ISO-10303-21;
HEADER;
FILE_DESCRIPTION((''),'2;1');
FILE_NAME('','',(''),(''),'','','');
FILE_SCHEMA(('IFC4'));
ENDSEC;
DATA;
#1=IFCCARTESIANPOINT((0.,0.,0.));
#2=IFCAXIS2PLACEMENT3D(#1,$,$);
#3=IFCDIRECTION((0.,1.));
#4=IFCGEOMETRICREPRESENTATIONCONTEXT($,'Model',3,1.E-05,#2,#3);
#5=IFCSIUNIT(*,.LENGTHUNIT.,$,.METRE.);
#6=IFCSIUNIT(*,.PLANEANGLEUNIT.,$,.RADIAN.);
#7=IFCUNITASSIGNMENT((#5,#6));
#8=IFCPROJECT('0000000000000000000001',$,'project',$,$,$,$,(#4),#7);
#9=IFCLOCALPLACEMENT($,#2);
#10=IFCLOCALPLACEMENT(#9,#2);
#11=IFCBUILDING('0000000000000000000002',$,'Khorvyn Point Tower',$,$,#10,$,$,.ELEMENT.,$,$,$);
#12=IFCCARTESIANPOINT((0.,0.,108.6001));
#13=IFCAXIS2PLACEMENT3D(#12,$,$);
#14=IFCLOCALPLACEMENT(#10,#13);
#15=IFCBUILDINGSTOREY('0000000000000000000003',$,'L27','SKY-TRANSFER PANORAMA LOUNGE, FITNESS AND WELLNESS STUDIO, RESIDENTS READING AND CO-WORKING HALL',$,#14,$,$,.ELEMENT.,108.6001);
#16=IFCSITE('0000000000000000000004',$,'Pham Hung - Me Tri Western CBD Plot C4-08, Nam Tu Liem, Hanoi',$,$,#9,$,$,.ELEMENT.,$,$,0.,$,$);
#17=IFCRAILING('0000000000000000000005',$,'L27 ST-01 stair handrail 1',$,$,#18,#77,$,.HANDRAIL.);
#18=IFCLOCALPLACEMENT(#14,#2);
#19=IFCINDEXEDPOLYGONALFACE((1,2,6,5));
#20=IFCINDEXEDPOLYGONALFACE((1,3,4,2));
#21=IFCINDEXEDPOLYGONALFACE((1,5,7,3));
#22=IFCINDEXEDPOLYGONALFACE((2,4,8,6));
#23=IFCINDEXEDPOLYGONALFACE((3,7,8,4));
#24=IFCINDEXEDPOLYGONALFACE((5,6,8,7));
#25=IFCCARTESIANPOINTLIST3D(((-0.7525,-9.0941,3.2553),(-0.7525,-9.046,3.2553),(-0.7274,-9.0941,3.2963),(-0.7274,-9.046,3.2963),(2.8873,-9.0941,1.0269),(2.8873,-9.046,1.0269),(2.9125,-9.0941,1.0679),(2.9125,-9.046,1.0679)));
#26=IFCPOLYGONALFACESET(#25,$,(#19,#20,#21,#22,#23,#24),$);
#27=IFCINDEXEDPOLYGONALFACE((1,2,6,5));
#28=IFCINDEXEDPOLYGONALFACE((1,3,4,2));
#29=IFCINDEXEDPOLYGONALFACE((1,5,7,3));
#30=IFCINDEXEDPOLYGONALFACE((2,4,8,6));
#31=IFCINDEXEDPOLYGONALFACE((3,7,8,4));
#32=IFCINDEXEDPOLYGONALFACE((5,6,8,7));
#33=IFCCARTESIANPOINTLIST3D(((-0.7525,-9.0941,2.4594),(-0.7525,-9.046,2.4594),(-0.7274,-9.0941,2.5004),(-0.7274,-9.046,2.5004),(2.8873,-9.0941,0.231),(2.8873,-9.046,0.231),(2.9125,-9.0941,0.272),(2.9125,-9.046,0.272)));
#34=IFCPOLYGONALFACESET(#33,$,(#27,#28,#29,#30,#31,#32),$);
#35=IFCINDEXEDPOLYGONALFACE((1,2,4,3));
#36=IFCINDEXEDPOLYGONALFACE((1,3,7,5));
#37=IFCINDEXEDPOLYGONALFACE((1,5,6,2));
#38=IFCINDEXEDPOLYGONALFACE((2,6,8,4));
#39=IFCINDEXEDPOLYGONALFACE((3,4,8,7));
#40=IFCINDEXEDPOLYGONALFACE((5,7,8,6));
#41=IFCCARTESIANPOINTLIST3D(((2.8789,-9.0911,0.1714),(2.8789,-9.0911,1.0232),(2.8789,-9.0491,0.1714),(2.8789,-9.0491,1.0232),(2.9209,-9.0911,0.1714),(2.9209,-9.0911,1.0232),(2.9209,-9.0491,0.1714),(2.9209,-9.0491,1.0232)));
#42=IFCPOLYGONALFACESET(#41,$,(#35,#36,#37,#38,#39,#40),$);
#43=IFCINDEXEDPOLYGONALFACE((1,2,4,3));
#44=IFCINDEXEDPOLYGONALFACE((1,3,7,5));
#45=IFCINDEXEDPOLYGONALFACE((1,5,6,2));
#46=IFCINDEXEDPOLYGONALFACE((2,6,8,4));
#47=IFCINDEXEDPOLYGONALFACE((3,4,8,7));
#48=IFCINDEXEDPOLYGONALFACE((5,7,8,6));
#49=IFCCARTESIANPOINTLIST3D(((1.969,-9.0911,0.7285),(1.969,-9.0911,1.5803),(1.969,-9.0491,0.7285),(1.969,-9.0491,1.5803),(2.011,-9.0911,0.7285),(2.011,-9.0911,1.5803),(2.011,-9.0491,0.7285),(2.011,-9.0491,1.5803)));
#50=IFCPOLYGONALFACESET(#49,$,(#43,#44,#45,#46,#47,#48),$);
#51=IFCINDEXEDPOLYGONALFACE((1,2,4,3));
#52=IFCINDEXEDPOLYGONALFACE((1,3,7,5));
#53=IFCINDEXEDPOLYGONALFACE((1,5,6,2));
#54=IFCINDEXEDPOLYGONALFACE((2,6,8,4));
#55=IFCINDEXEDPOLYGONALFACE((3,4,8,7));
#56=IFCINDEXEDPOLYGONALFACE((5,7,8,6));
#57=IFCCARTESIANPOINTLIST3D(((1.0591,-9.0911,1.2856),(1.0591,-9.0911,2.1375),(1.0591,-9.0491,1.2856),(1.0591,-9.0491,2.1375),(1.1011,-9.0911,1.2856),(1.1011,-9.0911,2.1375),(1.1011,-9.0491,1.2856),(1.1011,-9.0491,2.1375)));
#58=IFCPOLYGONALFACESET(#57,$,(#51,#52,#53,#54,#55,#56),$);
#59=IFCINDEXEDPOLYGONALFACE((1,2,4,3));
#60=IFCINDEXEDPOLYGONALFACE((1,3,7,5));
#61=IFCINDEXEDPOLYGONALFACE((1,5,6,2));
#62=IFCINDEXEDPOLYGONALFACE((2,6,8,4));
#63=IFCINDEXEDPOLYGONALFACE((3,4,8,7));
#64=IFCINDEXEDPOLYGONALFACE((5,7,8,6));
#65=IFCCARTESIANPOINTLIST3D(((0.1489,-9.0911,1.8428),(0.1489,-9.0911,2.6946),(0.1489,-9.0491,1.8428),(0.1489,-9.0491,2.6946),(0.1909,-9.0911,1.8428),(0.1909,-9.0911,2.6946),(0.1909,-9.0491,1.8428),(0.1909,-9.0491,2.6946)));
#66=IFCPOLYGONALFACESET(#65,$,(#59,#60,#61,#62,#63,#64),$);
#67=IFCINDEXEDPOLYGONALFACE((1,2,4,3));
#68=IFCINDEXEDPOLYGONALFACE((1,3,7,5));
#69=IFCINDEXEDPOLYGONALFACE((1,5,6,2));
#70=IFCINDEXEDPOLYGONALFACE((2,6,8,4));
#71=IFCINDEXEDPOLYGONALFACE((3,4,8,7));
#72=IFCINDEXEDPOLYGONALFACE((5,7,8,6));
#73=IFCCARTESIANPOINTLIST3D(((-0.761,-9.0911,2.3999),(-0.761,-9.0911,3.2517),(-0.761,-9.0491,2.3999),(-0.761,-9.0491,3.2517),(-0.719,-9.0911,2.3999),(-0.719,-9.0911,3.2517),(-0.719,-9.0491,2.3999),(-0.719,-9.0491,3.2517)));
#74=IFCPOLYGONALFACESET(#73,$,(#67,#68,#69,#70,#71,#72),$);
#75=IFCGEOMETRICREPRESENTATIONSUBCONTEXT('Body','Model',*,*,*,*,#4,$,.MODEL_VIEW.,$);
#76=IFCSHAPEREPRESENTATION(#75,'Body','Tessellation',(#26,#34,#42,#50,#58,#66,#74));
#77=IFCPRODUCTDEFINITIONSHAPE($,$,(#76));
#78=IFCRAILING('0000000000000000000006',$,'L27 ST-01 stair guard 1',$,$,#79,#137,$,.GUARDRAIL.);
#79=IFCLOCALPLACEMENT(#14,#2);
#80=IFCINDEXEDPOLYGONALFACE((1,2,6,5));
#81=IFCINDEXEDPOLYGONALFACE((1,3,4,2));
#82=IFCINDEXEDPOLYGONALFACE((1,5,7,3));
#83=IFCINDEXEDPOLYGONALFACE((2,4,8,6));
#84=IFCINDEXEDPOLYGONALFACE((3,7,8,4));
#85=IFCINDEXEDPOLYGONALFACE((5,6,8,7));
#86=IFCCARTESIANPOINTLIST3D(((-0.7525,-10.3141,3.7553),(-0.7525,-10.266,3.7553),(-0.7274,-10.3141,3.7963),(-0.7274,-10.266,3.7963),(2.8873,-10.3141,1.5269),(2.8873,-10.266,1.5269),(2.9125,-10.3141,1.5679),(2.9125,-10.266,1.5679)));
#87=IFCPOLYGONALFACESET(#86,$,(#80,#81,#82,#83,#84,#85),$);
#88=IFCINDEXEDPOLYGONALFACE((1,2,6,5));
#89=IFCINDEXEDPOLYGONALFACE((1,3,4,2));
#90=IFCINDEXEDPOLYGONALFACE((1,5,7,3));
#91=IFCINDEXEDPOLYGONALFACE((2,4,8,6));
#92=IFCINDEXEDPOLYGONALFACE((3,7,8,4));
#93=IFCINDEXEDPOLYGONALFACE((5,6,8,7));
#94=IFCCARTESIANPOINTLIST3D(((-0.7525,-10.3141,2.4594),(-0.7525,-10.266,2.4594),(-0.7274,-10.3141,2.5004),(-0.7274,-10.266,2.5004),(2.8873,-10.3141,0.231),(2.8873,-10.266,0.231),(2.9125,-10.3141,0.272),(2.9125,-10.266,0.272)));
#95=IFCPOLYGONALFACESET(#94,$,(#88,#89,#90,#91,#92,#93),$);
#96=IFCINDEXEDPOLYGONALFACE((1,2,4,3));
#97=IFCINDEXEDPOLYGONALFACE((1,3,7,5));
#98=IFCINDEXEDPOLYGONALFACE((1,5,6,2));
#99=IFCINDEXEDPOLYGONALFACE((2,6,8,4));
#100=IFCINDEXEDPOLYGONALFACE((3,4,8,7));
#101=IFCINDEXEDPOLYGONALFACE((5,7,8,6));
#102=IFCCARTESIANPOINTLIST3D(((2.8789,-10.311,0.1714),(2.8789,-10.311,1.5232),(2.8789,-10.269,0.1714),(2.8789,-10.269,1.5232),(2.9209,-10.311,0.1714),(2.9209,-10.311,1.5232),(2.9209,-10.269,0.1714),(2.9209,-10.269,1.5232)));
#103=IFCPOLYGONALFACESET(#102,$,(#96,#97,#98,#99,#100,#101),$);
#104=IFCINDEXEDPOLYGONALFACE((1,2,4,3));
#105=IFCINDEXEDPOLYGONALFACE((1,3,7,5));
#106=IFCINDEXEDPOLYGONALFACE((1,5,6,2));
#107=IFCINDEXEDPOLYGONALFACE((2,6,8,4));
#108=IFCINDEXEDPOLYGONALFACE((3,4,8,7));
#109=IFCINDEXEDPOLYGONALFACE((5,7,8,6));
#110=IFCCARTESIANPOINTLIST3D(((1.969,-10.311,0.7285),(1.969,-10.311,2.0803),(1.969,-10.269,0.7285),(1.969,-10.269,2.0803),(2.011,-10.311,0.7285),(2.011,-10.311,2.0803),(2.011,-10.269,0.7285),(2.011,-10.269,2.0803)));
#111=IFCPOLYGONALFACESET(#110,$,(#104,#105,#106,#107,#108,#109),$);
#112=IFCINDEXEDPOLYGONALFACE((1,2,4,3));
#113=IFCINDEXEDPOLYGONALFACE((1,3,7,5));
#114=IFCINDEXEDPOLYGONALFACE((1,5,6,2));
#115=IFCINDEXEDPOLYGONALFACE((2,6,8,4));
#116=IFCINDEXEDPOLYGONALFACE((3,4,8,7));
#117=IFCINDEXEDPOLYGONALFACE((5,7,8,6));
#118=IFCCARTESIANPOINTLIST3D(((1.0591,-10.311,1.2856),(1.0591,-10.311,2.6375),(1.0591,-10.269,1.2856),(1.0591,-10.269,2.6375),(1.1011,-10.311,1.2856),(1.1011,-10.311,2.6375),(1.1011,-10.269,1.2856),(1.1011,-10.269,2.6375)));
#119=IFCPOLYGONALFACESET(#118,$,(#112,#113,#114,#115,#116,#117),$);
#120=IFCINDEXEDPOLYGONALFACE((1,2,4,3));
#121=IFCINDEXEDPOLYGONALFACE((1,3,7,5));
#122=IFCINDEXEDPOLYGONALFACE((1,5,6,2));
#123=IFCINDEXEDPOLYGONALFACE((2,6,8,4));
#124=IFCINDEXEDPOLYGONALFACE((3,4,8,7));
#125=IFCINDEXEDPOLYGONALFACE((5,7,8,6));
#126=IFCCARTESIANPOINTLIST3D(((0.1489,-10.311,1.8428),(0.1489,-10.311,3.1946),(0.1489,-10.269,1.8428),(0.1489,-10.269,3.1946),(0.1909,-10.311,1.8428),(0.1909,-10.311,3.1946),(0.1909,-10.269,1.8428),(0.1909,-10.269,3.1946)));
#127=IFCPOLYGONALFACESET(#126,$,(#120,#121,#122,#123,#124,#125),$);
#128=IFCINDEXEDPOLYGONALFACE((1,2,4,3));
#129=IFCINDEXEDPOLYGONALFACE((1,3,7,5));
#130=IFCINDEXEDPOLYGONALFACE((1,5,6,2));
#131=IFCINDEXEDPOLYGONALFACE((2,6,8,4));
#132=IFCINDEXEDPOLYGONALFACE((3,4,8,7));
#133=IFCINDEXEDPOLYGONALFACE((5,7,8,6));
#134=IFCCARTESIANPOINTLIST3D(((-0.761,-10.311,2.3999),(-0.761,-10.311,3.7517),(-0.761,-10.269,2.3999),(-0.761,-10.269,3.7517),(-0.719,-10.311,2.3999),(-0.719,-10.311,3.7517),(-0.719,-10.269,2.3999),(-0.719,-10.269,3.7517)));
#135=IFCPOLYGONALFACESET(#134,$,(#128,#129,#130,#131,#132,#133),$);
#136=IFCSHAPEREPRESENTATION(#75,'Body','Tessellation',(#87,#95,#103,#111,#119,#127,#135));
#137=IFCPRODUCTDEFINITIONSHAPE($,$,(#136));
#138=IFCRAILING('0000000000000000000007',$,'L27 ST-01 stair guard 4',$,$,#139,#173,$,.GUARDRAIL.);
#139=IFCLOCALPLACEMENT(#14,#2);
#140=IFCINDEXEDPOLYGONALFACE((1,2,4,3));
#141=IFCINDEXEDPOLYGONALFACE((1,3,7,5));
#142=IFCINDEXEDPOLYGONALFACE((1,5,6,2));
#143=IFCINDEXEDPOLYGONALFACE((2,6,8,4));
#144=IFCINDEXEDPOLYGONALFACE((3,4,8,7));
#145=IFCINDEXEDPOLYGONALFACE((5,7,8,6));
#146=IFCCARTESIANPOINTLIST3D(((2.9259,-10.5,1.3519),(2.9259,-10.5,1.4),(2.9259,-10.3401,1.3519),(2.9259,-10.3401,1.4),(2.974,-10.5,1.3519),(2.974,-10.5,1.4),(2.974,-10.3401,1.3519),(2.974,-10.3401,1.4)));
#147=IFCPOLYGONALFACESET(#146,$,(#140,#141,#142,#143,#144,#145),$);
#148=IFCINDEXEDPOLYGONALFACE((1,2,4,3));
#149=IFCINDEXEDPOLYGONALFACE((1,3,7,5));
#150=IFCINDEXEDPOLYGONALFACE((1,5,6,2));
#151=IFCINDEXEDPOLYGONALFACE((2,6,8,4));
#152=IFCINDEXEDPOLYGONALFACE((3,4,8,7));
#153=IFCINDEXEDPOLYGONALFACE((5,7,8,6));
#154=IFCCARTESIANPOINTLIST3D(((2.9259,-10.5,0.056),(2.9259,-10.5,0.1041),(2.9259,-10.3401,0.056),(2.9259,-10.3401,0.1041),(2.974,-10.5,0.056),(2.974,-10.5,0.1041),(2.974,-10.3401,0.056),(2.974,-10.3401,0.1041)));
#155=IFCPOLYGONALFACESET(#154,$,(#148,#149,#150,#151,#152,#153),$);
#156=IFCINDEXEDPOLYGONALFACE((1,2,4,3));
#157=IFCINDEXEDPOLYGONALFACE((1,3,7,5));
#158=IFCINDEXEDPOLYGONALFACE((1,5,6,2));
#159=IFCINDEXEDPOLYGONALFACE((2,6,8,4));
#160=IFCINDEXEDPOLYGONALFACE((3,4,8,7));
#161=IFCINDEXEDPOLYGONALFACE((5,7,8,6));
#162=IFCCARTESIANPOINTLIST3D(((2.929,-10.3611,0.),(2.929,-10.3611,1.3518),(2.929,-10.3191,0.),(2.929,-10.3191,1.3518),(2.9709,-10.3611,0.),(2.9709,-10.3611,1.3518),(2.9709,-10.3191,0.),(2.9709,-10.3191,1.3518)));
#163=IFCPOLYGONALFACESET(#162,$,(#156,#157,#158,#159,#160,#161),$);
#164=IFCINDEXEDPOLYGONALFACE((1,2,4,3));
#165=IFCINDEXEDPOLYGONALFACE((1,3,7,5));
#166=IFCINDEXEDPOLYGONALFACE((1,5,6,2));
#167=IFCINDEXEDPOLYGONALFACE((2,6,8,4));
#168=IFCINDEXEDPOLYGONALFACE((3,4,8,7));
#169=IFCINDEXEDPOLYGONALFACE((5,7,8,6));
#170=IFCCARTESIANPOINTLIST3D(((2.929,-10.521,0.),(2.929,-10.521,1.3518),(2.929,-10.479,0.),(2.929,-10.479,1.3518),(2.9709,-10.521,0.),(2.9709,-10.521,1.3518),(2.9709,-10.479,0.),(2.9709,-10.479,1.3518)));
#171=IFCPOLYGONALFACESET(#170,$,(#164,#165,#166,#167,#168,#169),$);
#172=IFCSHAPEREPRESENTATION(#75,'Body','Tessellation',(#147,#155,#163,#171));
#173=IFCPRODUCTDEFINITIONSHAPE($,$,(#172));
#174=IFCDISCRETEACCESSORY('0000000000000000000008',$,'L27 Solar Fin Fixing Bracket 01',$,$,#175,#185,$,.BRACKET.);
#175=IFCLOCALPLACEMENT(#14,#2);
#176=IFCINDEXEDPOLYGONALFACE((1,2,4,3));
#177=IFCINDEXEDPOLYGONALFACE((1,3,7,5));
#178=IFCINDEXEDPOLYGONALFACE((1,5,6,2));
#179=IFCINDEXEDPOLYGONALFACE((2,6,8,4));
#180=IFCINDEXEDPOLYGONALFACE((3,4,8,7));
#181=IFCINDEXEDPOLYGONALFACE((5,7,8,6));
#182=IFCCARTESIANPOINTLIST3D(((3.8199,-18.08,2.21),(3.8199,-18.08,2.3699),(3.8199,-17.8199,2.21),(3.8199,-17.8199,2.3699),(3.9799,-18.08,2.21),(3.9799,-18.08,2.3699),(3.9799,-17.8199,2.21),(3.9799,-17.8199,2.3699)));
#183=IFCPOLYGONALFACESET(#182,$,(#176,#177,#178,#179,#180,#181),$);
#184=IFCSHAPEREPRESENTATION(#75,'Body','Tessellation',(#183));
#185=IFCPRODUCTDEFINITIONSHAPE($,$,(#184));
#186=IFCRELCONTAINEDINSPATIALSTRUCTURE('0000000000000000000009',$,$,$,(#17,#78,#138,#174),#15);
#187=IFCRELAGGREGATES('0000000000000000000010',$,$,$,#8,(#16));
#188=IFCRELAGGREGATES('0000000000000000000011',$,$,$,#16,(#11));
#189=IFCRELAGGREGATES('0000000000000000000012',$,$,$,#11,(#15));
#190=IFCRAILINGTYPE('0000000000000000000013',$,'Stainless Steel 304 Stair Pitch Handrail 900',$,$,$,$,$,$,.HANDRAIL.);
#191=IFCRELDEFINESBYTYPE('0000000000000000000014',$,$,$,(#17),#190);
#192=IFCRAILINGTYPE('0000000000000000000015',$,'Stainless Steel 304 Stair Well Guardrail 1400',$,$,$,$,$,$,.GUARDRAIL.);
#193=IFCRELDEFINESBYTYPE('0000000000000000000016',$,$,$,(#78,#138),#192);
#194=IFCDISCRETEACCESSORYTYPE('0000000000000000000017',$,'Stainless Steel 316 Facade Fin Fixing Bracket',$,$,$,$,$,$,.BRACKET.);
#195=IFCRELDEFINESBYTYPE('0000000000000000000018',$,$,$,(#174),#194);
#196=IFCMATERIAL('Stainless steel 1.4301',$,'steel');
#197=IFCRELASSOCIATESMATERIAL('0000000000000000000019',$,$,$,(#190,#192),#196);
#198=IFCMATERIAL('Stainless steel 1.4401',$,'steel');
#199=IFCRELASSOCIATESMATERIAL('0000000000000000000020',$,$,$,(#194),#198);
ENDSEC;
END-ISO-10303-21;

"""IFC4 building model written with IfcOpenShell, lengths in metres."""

from ifc_helpers import new_model, si_unit, direction, frame, origin, origin_2d, place, context, subcontext, project, spatial, rectangle, extrude, material, type_object, element, save


model = new_model("IFC4")

# Units and contexts
model_context = context("Model", 3, precision=1e-05, world=origin(), true_north=direction((0.0, 1.0)))
body_context = subcontext(model_context, "Body", "Model", "MODEL_VIEW")
ifc_project = project(units=[si_unit("LENGTHUNIT", "METRE"), si_unit("PLANEANGLEUNIT", "RADIAN")], contexts=[model_context])

# Site, building, storey
site_placement = place(None, origin())
site = spatial("IfcSite", under=ifc_project, at=site_placement, Name="Pham Hung - Me Tri Western CBD Plot C4-08, Nam Tu Liem, Hanoi", CompositionType="ELEMENT", RefElevation=0.0)
building_placement = place(site_placement, origin())
building = spatial("IfcBuilding", under=site, at=building_placement, Name="Khorvyn Point Tower", CompositionType="ELEMENT")
storey_placement = place(building_placement, frame((0.0, 0.0, 108.6001)))
storey = spatial("IfcBuildingStorey", under=building, at=storey_placement, Name="L27", Description="SKY-TRANSFER PANORAMA LOUNGE, FITNESS AND WELLNESS STUDIO, RESIDENTS READING AND CO-WORKING HALL", CompositionType="ELEMENT", Elevation=108.6001)

# Railings
ifc_material_1 = material(Name="Stainless steel 1.4301", Category="steel")
railing_type_1 = type_object("IfcRailingType", Name="Stainless Steel 304 Stair Pitch Handrail 900", PredefinedType="HANDRAIL", material=ifc_material_1)
railing_1_placement = place(storey_placement, frame((2.8999, -9.0701, 0.1714)))
element("IfcRailing", 1, at=railing_1_placement, inside=storey, type_object=railing_type_1, Name="L27 ST-01 stair handrail 1", PredefinedType="HANDRAIL", context=body_context, shape_type="SweptSolid", body=[
    extrude(rectangle(XDim=0.0481, YDim=0.0481, at=origin_2d()), frame((0.0, 0.0, 0.876), z_axis=(-0.85285, 0.0, 0.522156), x_axis=(0.0, -1.0, 0.0)), (0.0, 0.0, 1.0), 4.2678),
    extrude(rectangle(XDim=0.0481, YDim=0.0481, at=origin_2d()), frame((0.0, 0.0, 0.0801), z_axis=(-0.85285, 0.0, 0.522156), x_axis=(0.0, -1.0, 0.0)), (0.0, 0.0, 1.0), 4.2678),
    extrude(rectangle(XDim=0.042, YDim=0.042, at=origin_2d()), origin(), (0.0, 0.0, 1.0), 0.8518),
    extrude(rectangle(XDim=0.042, YDim=0.042, at=origin_2d()), frame((-0.9099, 0.0, 0.5571)), (0.0, 0.0, 1.0), 0.8518),
    extrude(rectangle(XDim=0.042, YDim=0.042, at=origin_2d()), frame((-1.8198, 0.0, 1.1143)), (0.0, 0.0, 1.0), 0.8518),
    extrude(rectangle(XDim=0.042, YDim=0.042, at=origin_2d()), frame((-2.73, 0.0, 1.6714)), (0.0, 0.0, 1.0), 0.8518),
    extrude(rectangle(XDim=0.042, YDim=0.042, at=origin_2d()), frame((-3.6399, 0.0, 2.2285)), (0.0, 0.0, 1.0), 0.8518),
])
railing_type_2 = type_object("IfcRailingType", Name="Stainless Steel 304 Stair Well Guardrail 1400", PredefinedType="GUARDRAIL", material=ifc_material_1)
railing_2_placement = place(storey_placement, frame((2.8999, -10.29, 0.1714)))
element("IfcRailing", 2, at=railing_2_placement, inside=storey, type_object=railing_type_2, Name="L27 ST-01 stair guard 1", PredefinedType="GUARDRAIL", context=body_context, shape_type="SweptSolid", body=[
    extrude(rectangle(XDim=0.0481, YDim=0.0481, at=origin_2d()), frame((0.0, 0.0, 1.376), z_axis=(-0.85285, 0.0, 0.522156), x_axis=(0.0, -1.0, 0.0)), (0.0, 0.0, 1.0), 4.2678),
    extrude(rectangle(XDim=0.0481, YDim=0.0481, at=origin_2d()), frame((0.0, 0.0, 0.0801), z_axis=(-0.85285, 0.0, 0.522156), x_axis=(0.0, -1.0, 0.0)), (0.0, 0.0, 1.0), 4.2678),
    extrude(rectangle(XDim=0.042, YDim=0.042, at=origin_2d()), origin(), (0.0, 0.0, 1.0), 1.3518),
    extrude(rectangle(XDim=0.042, YDim=0.042, at=origin_2d()), frame((-0.9099, 0.0, 0.5571)), (0.0, 0.0, 1.0), 1.3518),
    extrude(rectangle(XDim=0.042, YDim=0.042, at=origin_2d()), frame((-1.8198, 0.0, 1.1143)), (0.0, 0.0, 1.0), 1.3518),
    extrude(rectangle(XDim=0.042, YDim=0.042, at=origin_2d()), frame((-2.73, 0.0, 1.6714)), (0.0, 0.0, 1.0), 1.3518),
    extrude(rectangle(XDim=0.042, YDim=0.042, at=origin_2d()), frame((-3.6399, 0.0, 2.2285)), (0.0, 0.0, 1.0), 1.3518),
])
railing_3_placement = place(storey_placement, frame((2.95, -10.3401, 0.0)))
element("IfcRailing", 3, at=railing_3_placement, inside=storey, type_object=railing_type_2, Name="L27 ST-01 stair guard 4", PredefinedType="GUARDRAIL", context=body_context, shape_type="SweptSolid", body=[
    extrude(rectangle(XDim=0.0481, YDim=0.0481, at=origin_2d()), frame((0.0, 0.0, 1.376), z_axis=(0.0, -1.0, 0.0), x_axis=(1.0, 0.0, 0.0)), (0.0, 0.0, 1.0), 0.1599),
    extrude(rectangle(XDim=0.0481, YDim=0.0481, at=origin_2d()), frame((0.0, 0.0, 0.0801), z_axis=(0.0, -1.0, 0.0), x_axis=(1.0, 0.0, 0.0)), (0.0, 0.0, 1.0), 0.1599),
    extrude(rectangle(XDim=0.042, YDim=0.042, at=origin_2d()), origin(), (0.0, 0.0, 1.0), 1.3518),
    extrude(rectangle(XDim=0.042, YDim=0.042, at=origin_2d()), frame((0.0, -0.1599, 0.0)), (0.0, 0.0, 1.0), 1.3518),
])

# Discrete accessory
ifc_material_2 = material(Name="Stainless steel 1.4401", Category="steel")
discrete_accessory_type = type_object("IfcDiscreteAccessoryType", Name="Stainless Steel 316 Facade Fin Fixing Bracket", PredefinedType="BRACKET", material=ifc_material_2)
discrete_accessory_placement = place(storey_placement, frame((3.8999, -17.95, 2.21), z_axis=(0.0, 0.0, 1.0), x_axis=(-1.0, 0.0, 0.0)))
element("IfcDiscreteAccessory", 4, at=discrete_accessory_placement, inside=storey, type_object=discrete_accessory_type, Name="L27 Solar Fin Fixing Bracket 01", PredefinedType="BRACKET", context=body_context, shape_type="SweptSolid", body=[
    extrude(rectangle(XDim=0.1599, YDim=0.26, at=origin_2d()), origin(), (0.0, 0.0, 1.0), 0.1599),
])

save(model, "model.ifc")
